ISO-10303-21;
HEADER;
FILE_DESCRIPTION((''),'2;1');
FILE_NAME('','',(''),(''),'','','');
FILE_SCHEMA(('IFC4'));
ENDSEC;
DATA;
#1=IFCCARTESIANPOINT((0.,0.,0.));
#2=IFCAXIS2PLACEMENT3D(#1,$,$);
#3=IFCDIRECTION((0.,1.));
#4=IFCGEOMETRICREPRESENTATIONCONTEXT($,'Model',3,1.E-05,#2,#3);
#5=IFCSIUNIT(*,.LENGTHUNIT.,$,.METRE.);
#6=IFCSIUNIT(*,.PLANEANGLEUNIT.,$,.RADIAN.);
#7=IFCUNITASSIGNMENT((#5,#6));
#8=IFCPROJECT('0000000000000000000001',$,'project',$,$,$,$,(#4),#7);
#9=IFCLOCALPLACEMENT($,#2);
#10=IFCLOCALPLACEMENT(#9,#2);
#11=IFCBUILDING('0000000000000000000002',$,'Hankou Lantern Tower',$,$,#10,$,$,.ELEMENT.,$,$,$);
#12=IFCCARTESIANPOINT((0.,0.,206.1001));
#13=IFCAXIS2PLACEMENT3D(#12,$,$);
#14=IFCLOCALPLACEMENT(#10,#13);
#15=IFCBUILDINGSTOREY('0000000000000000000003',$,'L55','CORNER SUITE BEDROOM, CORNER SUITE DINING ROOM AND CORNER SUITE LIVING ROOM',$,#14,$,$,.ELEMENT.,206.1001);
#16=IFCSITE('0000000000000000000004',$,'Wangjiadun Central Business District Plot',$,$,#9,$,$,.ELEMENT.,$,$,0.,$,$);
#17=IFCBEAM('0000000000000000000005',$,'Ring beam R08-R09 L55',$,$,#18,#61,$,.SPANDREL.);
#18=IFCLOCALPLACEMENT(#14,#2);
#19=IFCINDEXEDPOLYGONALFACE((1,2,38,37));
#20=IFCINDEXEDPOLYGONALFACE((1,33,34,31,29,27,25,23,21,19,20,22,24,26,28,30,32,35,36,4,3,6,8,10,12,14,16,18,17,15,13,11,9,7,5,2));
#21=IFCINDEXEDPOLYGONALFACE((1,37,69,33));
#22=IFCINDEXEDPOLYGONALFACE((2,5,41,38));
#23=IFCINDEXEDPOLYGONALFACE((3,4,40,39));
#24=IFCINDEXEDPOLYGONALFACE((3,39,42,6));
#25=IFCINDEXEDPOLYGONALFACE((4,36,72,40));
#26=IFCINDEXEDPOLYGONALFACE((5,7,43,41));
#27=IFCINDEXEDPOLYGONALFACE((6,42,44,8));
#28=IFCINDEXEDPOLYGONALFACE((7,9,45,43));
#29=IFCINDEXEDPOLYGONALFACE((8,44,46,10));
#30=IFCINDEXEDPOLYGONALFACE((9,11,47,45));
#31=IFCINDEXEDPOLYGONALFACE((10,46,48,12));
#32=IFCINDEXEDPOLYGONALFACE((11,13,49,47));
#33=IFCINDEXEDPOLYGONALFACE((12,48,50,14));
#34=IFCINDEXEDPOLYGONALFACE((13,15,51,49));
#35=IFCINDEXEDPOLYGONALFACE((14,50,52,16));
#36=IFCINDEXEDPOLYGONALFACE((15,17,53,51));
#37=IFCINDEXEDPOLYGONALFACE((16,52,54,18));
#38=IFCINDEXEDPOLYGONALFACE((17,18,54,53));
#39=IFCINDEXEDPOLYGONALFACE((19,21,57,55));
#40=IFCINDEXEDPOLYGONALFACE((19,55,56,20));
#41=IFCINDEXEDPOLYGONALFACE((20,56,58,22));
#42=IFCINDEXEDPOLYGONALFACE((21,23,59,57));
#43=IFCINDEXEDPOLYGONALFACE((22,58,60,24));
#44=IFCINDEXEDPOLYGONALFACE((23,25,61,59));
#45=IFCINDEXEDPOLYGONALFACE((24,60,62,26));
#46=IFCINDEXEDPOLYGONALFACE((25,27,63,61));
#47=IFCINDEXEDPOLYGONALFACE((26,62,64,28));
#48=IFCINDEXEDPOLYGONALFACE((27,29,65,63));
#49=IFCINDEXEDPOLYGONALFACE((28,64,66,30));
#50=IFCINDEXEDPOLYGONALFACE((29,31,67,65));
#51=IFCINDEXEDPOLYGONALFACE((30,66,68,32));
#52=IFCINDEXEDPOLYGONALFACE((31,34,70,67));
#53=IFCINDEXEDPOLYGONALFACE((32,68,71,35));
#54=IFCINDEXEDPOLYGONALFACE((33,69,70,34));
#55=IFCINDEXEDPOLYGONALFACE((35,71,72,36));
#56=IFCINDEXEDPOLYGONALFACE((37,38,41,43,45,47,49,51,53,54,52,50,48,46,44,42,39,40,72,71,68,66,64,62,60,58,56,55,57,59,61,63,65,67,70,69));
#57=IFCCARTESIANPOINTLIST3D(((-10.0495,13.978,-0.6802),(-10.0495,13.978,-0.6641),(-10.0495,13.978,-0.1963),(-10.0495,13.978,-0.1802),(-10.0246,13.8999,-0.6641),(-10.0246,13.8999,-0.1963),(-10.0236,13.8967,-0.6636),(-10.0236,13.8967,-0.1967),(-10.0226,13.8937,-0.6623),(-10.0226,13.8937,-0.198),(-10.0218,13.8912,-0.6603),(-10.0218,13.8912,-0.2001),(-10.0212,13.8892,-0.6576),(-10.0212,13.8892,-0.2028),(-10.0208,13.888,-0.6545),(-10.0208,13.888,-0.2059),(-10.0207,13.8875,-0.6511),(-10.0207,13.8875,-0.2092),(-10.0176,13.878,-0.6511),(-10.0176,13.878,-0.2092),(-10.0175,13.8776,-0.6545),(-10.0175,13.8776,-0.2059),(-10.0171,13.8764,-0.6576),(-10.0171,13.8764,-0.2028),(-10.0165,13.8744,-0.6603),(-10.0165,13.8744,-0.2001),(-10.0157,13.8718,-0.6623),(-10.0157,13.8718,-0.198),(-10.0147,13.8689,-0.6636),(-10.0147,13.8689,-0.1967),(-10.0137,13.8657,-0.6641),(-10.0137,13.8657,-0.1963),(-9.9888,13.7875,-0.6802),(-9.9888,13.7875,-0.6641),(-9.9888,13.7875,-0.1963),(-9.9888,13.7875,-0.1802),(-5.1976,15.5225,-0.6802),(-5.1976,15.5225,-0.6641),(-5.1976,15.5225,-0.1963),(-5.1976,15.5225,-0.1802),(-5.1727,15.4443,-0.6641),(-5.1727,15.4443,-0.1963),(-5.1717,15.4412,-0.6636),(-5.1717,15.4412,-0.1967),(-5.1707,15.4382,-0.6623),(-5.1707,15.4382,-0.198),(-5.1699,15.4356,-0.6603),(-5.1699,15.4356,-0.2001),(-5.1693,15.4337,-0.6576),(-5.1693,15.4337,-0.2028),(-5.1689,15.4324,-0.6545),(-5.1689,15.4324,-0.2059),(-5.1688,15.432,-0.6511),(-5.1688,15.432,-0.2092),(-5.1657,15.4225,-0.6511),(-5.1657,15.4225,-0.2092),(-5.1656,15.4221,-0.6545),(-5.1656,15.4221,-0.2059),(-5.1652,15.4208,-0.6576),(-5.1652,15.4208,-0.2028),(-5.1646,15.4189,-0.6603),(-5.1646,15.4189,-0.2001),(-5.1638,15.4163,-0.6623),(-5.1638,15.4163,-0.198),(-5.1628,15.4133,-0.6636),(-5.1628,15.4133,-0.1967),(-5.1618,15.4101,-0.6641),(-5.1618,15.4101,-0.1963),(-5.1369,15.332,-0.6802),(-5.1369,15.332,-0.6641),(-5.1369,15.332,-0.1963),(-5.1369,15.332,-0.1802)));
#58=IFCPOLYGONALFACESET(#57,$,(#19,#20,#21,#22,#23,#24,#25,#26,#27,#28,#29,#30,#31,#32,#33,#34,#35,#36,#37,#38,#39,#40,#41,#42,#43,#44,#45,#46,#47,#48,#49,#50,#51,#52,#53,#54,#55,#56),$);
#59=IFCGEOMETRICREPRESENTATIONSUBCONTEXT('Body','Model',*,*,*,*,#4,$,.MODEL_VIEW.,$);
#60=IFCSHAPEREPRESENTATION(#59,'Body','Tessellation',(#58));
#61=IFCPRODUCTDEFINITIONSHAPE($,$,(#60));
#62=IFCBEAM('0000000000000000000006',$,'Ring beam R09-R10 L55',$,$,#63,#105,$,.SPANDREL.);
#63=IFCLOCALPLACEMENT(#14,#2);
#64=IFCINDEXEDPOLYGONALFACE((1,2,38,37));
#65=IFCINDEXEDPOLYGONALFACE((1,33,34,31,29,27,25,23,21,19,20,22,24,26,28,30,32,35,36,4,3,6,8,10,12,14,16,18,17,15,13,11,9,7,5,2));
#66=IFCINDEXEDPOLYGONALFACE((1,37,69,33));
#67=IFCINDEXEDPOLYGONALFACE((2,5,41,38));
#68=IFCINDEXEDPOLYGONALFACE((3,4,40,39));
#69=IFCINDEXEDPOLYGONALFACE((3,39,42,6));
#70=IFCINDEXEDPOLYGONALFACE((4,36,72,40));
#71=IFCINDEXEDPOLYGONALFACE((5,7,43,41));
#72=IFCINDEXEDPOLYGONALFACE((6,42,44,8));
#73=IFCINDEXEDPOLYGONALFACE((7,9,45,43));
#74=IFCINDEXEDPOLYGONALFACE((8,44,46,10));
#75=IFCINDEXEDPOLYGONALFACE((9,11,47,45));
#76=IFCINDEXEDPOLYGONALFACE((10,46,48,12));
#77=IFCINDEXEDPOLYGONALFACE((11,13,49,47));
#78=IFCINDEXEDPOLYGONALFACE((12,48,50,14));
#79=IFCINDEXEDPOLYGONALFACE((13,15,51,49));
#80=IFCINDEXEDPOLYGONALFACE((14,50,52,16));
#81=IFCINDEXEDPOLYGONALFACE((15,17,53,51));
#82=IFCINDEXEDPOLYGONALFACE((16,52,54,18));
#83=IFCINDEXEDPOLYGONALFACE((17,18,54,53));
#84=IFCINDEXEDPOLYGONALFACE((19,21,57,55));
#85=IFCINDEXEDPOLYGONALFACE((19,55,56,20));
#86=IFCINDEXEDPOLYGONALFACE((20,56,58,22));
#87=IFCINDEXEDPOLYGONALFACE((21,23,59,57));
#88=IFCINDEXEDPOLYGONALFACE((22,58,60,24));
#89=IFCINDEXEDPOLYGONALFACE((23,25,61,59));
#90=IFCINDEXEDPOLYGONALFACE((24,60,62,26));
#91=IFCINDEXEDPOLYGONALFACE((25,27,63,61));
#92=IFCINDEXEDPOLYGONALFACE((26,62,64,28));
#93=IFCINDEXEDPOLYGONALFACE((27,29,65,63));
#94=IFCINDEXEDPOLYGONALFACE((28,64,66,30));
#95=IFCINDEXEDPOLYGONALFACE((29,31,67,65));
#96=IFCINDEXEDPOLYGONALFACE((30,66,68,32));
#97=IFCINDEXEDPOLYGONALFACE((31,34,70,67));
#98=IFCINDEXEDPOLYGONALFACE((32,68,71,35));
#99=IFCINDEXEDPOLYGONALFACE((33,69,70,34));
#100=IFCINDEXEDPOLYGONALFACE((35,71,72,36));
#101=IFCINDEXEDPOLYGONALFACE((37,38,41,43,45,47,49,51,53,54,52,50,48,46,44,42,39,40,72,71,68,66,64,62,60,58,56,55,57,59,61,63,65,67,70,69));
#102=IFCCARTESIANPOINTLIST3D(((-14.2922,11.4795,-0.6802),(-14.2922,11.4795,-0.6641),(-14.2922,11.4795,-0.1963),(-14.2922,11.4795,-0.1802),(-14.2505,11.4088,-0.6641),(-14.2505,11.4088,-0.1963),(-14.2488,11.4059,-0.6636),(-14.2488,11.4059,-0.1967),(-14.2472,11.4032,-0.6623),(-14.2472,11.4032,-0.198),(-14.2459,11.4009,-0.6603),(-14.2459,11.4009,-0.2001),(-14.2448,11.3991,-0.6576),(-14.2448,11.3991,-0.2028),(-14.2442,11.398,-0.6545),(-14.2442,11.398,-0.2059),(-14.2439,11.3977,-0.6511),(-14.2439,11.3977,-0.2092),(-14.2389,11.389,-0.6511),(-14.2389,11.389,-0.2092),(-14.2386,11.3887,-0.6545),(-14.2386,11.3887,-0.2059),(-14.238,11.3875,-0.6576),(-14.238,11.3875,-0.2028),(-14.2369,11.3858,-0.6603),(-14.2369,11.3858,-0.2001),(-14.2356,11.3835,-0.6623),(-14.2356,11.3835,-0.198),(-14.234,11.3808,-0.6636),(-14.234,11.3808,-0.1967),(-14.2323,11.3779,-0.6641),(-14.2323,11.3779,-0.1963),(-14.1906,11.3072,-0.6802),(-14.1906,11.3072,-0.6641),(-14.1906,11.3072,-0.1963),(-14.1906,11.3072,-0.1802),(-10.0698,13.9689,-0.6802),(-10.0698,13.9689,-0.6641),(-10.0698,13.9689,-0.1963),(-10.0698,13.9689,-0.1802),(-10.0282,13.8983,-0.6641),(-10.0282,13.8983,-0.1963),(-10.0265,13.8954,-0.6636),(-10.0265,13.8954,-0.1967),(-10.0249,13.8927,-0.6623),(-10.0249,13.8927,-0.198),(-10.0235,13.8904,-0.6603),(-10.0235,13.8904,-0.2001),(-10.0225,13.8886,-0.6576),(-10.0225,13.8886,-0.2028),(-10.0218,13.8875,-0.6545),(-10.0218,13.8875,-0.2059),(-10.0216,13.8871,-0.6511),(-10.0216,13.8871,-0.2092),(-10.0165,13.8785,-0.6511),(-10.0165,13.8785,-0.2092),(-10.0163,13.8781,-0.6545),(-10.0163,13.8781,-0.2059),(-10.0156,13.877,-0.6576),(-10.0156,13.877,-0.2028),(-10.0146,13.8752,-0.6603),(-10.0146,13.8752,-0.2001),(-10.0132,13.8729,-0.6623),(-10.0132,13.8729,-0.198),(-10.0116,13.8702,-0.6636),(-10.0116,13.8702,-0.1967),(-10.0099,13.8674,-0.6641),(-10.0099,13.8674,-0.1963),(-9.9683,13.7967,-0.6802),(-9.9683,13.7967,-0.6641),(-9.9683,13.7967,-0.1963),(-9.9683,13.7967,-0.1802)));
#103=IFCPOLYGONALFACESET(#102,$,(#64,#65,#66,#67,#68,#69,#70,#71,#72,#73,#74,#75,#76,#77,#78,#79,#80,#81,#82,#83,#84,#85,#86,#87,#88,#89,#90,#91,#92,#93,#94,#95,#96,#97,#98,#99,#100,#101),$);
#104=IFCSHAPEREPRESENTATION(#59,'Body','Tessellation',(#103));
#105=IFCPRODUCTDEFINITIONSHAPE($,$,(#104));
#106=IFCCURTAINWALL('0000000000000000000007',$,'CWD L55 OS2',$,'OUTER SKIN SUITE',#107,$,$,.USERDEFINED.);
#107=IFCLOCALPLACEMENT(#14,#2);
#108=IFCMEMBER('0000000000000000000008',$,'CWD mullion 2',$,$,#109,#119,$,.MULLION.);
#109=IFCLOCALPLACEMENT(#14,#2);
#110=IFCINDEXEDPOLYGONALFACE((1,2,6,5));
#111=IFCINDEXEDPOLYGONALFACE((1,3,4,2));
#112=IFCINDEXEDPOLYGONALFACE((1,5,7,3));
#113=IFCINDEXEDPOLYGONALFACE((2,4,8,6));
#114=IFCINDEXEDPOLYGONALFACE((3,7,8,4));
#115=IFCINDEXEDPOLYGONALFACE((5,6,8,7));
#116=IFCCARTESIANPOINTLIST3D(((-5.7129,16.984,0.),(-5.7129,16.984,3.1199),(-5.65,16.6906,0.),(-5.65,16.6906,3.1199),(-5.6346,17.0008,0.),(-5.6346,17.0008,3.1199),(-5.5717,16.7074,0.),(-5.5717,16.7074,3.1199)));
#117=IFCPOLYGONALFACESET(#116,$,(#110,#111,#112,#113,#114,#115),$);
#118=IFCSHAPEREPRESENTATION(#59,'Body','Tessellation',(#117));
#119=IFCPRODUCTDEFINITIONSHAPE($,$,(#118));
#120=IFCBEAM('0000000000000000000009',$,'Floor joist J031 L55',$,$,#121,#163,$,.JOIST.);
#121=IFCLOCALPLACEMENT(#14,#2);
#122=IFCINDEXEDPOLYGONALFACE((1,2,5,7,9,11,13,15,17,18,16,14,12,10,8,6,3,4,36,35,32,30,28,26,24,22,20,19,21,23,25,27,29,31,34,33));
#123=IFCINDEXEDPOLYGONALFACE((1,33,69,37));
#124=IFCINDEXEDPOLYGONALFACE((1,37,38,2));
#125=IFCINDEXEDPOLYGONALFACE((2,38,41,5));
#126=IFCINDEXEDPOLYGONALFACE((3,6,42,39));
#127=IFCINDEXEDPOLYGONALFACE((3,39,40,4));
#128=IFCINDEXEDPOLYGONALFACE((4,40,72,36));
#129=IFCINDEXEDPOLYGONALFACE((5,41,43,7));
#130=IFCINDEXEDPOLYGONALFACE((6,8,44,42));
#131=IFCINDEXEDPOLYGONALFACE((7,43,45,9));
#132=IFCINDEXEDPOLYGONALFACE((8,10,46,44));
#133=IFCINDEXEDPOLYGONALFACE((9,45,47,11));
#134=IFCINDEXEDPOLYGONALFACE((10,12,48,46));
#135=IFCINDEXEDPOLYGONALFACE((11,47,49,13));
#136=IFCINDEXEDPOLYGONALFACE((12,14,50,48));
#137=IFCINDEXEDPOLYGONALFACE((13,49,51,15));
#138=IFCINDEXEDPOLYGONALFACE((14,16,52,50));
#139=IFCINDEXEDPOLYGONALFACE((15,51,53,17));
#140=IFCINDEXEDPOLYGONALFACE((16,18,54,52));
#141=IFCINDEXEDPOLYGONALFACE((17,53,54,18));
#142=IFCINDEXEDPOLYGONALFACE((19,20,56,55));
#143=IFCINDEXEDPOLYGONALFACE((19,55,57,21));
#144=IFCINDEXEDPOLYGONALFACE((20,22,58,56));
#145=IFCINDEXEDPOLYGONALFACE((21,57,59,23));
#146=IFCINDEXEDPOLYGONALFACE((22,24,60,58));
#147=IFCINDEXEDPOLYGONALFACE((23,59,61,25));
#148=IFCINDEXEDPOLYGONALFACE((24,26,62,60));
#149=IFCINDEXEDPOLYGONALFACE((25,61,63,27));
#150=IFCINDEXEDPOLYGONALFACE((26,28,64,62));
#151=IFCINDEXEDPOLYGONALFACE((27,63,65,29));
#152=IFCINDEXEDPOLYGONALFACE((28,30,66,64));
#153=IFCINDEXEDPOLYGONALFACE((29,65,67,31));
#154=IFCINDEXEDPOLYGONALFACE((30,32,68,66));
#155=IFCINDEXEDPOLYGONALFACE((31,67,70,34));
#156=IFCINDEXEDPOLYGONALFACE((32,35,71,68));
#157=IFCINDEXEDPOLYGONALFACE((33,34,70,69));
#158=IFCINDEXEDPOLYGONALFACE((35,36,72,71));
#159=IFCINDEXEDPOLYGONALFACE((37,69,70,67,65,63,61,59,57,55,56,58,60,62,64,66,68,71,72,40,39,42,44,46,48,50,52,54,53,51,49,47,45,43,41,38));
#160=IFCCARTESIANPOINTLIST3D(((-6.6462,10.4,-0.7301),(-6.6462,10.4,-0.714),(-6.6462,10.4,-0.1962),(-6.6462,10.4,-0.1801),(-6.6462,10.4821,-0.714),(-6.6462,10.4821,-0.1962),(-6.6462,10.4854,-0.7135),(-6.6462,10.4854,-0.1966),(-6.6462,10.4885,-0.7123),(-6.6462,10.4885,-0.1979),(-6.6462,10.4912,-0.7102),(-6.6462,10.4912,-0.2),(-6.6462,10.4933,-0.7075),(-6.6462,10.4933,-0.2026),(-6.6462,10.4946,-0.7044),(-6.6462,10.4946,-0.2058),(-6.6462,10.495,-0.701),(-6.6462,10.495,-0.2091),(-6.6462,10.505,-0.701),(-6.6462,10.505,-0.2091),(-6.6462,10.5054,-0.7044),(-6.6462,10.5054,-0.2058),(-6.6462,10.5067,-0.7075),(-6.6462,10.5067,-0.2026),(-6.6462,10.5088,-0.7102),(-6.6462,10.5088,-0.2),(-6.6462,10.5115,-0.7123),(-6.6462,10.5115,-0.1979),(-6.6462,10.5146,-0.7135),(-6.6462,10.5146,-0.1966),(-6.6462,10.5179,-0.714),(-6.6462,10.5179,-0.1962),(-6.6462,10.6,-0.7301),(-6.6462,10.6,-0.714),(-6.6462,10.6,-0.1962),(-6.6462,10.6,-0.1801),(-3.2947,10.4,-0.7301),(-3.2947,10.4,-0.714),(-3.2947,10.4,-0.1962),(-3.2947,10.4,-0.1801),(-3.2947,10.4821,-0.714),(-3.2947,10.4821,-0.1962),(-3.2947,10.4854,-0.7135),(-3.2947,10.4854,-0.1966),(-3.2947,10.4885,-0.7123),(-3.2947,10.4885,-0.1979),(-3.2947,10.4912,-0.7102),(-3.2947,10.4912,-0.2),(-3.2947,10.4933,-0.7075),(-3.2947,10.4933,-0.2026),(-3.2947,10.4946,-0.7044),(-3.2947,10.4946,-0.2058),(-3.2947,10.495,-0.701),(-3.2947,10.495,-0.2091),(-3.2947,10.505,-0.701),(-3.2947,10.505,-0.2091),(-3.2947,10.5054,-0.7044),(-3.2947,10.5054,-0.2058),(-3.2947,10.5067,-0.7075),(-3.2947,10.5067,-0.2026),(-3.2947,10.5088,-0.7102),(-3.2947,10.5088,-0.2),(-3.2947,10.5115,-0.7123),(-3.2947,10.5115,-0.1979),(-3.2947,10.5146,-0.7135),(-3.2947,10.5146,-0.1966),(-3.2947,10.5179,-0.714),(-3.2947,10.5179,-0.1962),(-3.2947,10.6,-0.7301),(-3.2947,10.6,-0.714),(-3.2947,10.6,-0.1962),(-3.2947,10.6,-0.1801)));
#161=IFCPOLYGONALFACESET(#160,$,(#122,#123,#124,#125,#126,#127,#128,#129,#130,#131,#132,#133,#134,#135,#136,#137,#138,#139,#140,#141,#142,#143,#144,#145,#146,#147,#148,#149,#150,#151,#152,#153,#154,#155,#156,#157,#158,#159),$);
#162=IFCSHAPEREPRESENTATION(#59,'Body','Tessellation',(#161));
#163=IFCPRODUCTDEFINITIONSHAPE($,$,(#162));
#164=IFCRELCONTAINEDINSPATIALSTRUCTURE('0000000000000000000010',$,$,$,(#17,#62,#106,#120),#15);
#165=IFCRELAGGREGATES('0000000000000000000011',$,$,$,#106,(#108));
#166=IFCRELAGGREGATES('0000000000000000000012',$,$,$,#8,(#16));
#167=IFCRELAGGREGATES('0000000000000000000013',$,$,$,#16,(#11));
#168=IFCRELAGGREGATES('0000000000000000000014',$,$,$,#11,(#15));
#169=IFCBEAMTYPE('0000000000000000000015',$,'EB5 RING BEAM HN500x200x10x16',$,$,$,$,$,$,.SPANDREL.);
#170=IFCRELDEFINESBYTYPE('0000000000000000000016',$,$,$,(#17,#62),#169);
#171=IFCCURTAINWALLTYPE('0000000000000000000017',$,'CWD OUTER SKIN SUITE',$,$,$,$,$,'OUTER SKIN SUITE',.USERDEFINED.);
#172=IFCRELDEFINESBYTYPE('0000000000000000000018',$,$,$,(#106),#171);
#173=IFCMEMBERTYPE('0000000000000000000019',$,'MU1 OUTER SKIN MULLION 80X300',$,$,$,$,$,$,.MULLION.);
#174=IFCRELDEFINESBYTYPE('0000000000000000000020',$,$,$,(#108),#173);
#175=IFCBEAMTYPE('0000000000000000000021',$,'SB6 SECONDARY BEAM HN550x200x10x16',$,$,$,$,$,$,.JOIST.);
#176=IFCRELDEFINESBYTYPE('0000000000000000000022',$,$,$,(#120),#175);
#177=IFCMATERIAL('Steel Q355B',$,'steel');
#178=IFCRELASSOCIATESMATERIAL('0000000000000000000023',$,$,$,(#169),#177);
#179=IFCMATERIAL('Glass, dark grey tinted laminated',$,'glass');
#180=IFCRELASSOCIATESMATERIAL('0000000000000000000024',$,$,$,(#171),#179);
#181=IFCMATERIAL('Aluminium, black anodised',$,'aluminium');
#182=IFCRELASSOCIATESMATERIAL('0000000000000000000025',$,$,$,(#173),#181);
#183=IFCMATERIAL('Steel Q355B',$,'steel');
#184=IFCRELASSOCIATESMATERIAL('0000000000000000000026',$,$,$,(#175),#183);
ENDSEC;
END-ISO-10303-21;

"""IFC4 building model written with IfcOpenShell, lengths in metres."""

from ifc_helpers import new_model, si_unit, direction, frame, origin, origin_2d, place, context, subcontext, project, spatial, rectangle, i_section, extrude, material, material_profile, profile_set, type_object, element, aggregate, save


model = new_model("IFC4")

# Units and contexts
model_context = context("Model", 3, precision=1e-05, world=origin(), true_north=direction((0.0, 1.0)))
body_context = subcontext(model_context, "Body", "Model", "MODEL_VIEW")
ifc_project = project(units=[si_unit("LENGTHUNIT", "METRE"), si_unit("PLANEANGLEUNIT", "RADIAN")], contexts=[model_context])

# Site, building, storey
site_placement = place(None, origin())
site = spatial("IfcSite", under=ifc_project, at=site_placement, Name="Wangjiadun Central Business District Plot", CompositionType="ELEMENT", RefElevation=0.0)
building_placement = place(site_placement, origin())
building = spatial("IfcBuilding", under=site, at=building_placement, Name="Hankou Lantern Tower", CompositionType="ELEMENT")
storey_placement = place(building_placement, frame((0.0, 0.0, 206.1001)))
storey = spatial("IfcBuildingStorey", under=building, at=storey_placement, Name="L55", Description="CORNER SUITE BEDROOM, CORNER SUITE DINING ROOM AND CORNER SUITE LIVING ROOM", CompositionType="ELEMENT", Elevation=206.1001)

# Beams
ifc_material_1 = material(Name="Steel Q355B", Category="steel")
ifc_material_profile_1 = material_profile(ifc_material_1, i_section(OverallWidth=0.2, OverallDepth=0.5, WebThickness=0.01, FlangeThickness=0.0161, FilletRadius=0.0129, at=origin_2d()), Name="HN500x200x10x16")
ifc_profile_set_1 = profile_set([ifc_material_profile_1], Name="Steel Q355B")
beam_type_1 = type_object("IfcBeamType", Name="EB5 RING BEAM HN500x200x10x16", PredefinedType="SPANDREL", material=ifc_profile_set_1)
beam_1_placement = place(storey_placement, frame((-5.1672, 15.4272, -0.4302), z_axis=(-0.952887, -0.303324, 0.0), x_axis=(0.303324, -0.952887, 0.0)))
element("IfcBeam", 1, at=beam_1_placement, inside=storey, type_object=beam_type_1, Name="Ring beam R08-R09 L55", PredefinedType="SPANDREL", context=body_context, shape_type="SweptSolid", body=[
    extrude(i_section(OverallWidth=0.2, OverallDepth=0.5, WebThickness=0.01, FlangeThickness=0.0161, FilletRadius=0.0129, at=origin_2d()), origin(), (0.0, 0.0, 1.0), 5.0918),
])
beam_2_placement = place(storey_placement, frame((-10.019, 13.8828, -0.4302), z_axis=(-0.861423, -0.507888, 0.0), x_axis=(0.507888, -0.861423, 0.0)))
element("IfcBeam", 2, at=beam_2_placement, inside=storey, type_object=beam_type_1, Name="Ring beam R09-R10 L55", PredefinedType="SPANDREL", context=body_context, shape_type="SweptSolid", body=[
    extrude(i_section(OverallWidth=0.2, OverallDepth=0.5, WebThickness=0.01, FlangeThickness=0.0161, FilletRadius=0.0129, at=origin_2d()), origin(), (0.0, 0.0, 1.0), 4.9016),
])

# Curtain wall, member
ifc_material_2 = material(Name="Glass, dark grey tinted laminated", Category="glass")
curtain_wall_type = type_object("IfcCurtainWallType", Name="CWD OUTER SKIN SUITE", ElementType="OUTER SKIN SUITE", PredefinedType="USERDEFINED", material=ifc_material_2)
curtain_wall_placement = place(storey_placement, origin())
curtain_wall = element("IfcCurtainWall", 3, at=curtain_wall_placement, inside=storey, type_object=curtain_wall_type, Name="CWD L55 OS2", ObjectType="OUTER SKIN SUITE", PredefinedType="USERDEFINED")
ifc_material_3 = material(Name="Aluminium, black anodised", Category="aluminium")
ifc_material_profile_2 = material_profile(ifc_material_3, rectangle(XDim=0.0801, YDim=0.3, at=origin_2d()), Name="MU1 80X300")
ifc_profile_set_2 = profile_set([ifc_material_profile_2], Name="Aluminium, black anodised")
member_type_1 = type_object("IfcMemberType", Name="MU1 OUTER SKIN MULLION 80X300", PredefinedType="MULLION", material=ifc_profile_set_2)
member_1_placement = place(storey_placement, frame((-5.6423, 16.8457, 0.0), z_axis=(0.0, 0.0, 1.0), x_axis=(-0.977788, -0.209598, 0.0)))
member_1 = element("IfcMember", 4, at=member_1_placement, type_object=member_type_1, Name="CWD mullion 2", PredefinedType="MULLION", context=body_context, shape_type="SweptSolid", body=[
    extrude(rectangle(XDim=0.0801, YDim=0.3, at=origin_2d()), origin(), (0.0, 0.0, 1.0), 3.1199),
])

# Beam
ifc_material_4 = material(Name="Steel Q355B", Category="steel")
ifc_material_profile_3 = material_profile(ifc_material_4, i_section(OverallWidth=0.2, OverallDepth=0.55, WebThickness=0.01, FlangeThickness=0.0161, FilletRadius=0.0129, at=origin_2d()), Name="HN550x200x10x16")
ifc_profile_set_3 = profile_set([ifc_material_profile_3], Name="Steel Q355B")
beam_type_2 = type_object("IfcBeamType", Name="SB6 SECONDARY BEAM HN550x200x10x16", PredefinedType="JOIST", material=ifc_profile_set_3)
beam_3_placement = place(storey_placement, frame((-6.6462, 10.5, -0.4551), z_axis=(1.0, 0.0, 0.0), x_axis=(0.0, 1.0, 0.0)))
element("IfcBeam", 5, at=beam_3_placement, inside=storey, type_object=beam_type_2, Name="Floor joist J031 L55", PredefinedType="JOIST", context=body_context, shape_type="SweptSolid", body=[
    extrude(i_section(OverallWidth=0.2, OverallDepth=0.55, WebThickness=0.01, FlangeThickness=0.0161, FilletRadius=0.0129, at=origin_2d()), origin(), (0.0, 0.0, 1.0), 3.3516),
])

aggregate(curtain_wall, [member_1])

save(model, "model.ifc")
